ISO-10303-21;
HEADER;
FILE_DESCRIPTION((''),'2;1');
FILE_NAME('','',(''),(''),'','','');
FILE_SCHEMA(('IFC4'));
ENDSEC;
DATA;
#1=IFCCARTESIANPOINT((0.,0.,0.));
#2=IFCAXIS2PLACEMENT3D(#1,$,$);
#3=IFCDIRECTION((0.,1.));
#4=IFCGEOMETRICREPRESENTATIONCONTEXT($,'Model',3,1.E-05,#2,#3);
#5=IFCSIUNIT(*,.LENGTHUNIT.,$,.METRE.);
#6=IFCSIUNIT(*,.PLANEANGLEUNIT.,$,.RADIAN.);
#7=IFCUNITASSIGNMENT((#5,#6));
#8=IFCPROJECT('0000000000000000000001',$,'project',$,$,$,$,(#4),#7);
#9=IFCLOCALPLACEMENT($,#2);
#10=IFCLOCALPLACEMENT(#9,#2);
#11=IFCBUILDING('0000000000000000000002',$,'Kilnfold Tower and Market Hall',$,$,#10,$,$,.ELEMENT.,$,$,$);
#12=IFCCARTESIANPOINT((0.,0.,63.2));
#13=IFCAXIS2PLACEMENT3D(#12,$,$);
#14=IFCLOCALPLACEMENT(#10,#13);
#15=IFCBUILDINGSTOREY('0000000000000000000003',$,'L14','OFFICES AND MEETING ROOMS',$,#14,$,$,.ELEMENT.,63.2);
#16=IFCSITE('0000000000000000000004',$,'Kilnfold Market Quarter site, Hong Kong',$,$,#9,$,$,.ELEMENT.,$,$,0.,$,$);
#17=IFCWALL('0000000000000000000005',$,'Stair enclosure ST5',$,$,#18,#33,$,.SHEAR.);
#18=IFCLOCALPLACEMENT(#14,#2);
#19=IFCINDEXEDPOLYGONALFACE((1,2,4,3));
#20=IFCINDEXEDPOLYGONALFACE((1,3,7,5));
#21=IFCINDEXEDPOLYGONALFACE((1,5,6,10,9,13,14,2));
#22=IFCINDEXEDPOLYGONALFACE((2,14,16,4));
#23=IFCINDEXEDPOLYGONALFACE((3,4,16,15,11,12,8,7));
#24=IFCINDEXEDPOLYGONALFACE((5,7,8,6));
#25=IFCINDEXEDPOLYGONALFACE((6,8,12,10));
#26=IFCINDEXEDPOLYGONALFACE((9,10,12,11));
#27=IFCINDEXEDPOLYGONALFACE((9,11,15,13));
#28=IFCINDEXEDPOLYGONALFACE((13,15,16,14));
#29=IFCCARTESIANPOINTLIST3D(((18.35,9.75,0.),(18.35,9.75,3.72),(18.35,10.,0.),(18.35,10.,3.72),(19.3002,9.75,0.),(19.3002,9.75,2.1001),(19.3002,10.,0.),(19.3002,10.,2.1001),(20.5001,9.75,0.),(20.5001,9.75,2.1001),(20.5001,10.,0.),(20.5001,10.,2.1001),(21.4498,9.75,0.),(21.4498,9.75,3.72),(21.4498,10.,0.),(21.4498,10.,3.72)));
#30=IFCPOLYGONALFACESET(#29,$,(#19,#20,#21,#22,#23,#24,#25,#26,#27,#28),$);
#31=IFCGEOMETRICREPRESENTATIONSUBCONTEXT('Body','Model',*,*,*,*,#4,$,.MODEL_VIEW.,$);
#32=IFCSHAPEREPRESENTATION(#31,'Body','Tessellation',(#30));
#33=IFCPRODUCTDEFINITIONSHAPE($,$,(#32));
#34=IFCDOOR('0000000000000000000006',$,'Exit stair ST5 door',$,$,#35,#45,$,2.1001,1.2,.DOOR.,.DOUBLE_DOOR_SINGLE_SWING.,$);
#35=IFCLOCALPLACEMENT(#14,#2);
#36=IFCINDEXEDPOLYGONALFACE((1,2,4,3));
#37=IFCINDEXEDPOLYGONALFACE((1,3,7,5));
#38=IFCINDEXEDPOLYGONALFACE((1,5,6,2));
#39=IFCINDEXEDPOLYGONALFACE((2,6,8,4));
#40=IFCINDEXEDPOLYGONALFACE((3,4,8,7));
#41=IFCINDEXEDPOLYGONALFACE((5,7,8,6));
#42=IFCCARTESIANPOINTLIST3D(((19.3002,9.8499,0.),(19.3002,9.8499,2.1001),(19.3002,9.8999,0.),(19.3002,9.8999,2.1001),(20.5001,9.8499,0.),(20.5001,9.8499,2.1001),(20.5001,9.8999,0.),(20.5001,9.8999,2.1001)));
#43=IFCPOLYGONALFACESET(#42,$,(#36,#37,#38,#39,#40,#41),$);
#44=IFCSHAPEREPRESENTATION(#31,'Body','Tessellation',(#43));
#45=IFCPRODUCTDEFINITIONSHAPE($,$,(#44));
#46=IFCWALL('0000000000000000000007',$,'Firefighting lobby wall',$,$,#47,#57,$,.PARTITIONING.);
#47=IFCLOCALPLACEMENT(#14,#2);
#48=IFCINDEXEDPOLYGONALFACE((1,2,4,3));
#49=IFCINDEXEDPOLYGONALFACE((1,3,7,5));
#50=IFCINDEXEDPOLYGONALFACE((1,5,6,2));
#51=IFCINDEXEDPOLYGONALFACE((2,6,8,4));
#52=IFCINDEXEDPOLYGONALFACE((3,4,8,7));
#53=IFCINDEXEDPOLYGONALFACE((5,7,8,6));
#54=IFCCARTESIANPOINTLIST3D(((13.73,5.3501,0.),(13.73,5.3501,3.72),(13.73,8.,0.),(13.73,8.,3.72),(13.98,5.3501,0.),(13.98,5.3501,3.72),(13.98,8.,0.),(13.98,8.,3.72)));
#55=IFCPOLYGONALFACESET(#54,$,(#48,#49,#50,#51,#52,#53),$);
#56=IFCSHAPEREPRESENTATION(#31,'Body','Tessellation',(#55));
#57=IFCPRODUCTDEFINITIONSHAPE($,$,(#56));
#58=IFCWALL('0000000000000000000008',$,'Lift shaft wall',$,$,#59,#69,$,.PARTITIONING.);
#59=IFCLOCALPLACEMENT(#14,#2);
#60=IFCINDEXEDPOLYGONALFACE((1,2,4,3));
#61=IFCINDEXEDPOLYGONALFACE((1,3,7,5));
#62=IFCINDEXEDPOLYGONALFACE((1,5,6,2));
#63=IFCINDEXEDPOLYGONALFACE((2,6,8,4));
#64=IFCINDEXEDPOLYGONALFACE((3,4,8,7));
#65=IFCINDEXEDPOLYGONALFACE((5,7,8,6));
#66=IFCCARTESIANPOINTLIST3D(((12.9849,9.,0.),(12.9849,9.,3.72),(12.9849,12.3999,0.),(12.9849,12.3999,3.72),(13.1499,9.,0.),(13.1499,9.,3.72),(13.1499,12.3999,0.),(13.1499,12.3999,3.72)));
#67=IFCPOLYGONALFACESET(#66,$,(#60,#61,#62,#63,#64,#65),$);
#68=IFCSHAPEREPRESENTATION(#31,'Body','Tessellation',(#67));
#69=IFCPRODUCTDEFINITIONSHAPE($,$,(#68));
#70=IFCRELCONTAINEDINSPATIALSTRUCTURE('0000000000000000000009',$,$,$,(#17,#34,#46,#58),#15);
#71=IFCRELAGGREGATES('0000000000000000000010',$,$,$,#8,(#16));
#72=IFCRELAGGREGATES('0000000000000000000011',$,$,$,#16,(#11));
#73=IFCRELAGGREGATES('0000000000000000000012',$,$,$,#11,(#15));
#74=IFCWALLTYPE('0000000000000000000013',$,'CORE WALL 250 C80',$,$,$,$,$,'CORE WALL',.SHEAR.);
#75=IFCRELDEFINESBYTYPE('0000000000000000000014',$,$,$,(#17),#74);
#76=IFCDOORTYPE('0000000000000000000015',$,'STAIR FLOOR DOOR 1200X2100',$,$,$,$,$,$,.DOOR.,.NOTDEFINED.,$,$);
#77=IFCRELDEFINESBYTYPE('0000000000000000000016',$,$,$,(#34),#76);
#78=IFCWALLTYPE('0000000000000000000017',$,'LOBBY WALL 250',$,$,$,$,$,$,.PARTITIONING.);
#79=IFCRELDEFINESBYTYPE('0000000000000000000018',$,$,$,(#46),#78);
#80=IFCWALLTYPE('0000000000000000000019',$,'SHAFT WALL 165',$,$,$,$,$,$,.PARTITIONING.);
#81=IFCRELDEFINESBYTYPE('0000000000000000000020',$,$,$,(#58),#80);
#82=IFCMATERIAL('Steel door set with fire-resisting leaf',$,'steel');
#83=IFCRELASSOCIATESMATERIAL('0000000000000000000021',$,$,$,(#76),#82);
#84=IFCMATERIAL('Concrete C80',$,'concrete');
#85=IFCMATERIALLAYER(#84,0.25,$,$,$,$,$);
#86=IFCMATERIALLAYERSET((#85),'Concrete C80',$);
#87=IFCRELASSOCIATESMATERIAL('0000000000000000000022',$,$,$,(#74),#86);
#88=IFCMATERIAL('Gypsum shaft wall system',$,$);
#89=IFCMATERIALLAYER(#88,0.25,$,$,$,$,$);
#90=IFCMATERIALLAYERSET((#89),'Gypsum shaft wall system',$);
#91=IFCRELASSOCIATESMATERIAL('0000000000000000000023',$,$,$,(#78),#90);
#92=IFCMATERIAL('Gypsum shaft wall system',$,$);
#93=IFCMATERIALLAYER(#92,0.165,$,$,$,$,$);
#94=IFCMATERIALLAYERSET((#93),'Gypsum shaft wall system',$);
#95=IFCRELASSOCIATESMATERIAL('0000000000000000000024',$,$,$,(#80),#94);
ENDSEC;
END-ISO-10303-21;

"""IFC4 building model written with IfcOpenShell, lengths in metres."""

from ifc_helpers import new_model, si_unit, direction, frame, frame_2d, origin, place, context, subcontext, project, spatial, rectangle, extrude, source, transform, mapped, material, layer, layer_set, type_object, element, fill, save


model = new_model("IFC4")

# Units and contexts
model_context = context("Model", 3, precision=1e-05, world=origin(), true_north=direction((0.0, 1.0)))
body_context = subcontext(model_context, "Body", "Model", "MODEL_VIEW")
ifc_project = project(units=[si_unit("LENGTHUNIT", "METRE"), si_unit("PLANEANGLEUNIT", "RADIAN")], contexts=[model_context])

# Site, building, storey
site_placement = place(None, origin())
site = spatial("IfcSite", under=ifc_project, at=site_placement, Name="Kilnfold Market Quarter site, Hong Kong", CompositionType="ELEMENT", RefElevation=0.0)
building_placement = place(site_placement, origin())
building = spatial("IfcBuilding", under=site, at=building_placement, Name="Kilnfold Tower and Market Hall", CompositionType="ELEMENT")
storey_placement = place(building_placement, frame((0.0, 0.0, 63.2)))
storey = spatial("IfcBuildingStorey", under=building, at=storey_placement, Name="L14", Description="OFFICES AND MEETING ROOMS", CompositionType="ELEMENT", Elevation=63.2)

# Shared definitions
ifc_material_1 = material(Name="Steel door set with fire-resisting leaf", Category="steel")
door_type_1 = type_object("IfcDoorType", Name="STAIR FLOOR DOOR 1200X2100", OperationType="NOTDEFINED", PredefinedType="DOOR", material=ifc_material_1)

# Shared definitions
ifc_material_2 = material(Name="Concrete C80", Category="concrete")
ifc_layer_1 = layer(ifc_material_2, 0.25)
ifc_layer_set_1 = layer_set([ifc_layer_1], Name="Concrete C80")
wall_type_1 = type_object("IfcWallType", Name="CORE WALL 250 C80", ElementType="CORE WALL", PredefinedType="SHEAR", material=ifc_layer_set_1)

# Wall, opening, door
shared_shape_1 = source(origin(), body_context, "Body", "SweptSolid", [
    extrude(rectangle(XDim=3.0999, YDim=0.25, at=frame_2d((1.5498, 0.0))), origin(), (0.0, 0.0, 1.0), 3.72),
])
wall_1_placement = place(storey_placement, frame((18.3501, 9.875, 0.0), z_axis=(0.0, 0.0, 1.0), x_axis=(1.0, 0.0, 0.0)))
wall_1 = element("IfcWall", 1, at=wall_1_placement, inside=storey, type_object=wall_type_1, Name="Stair enclosure ST5", PredefinedType="SHEAR", context=body_context, shape_type="MappedRepresentation", body=[
    mapped(shared_shape_1, transform((0.0, 0.0, 0.0))),
])
opening_1_placement = place(wall_1_placement, frame((0.95, 0.0, 0.0)))
opening_1 = element("IfcOpeningElement", 2, at=opening_1_placement, cuts=wall_1, PredefinedType="OPENING", context=body_context, shape_type="SweptSolid", body=[
    extrude(rectangle(XDim=1.2, YDim=2.1001, at=frame_2d((0.6001, 1.05))), frame((0.0, 0.135, 0.0), z_axis=(0.0, -1.0, 0.0), x_axis=(1.0, 0.0, 0.0)), (0.0, 0.0, 1.0), 0.27),
])
door_1_placement = place(opening_1_placement, origin())
door_1 = element("IfcDoor", 3, at=door_1_placement, inside=storey, type_object=door_type_1, Name="Exit stair ST5 door", OperationType="DOUBLE_DOOR_SINGLE_SWING", OverallHeight=2.1001, OverallWidth=1.2, PredefinedType="DOOR", context=body_context, shape_type="SweptSolid", body=[
    extrude(rectangle(XDim=1.2, YDim=2.1001, at=frame_2d((0.6001, 1.05))), frame((0.0, 0.0249, 0.0), z_axis=(0.0, -1.0, 0.0), x_axis=(1.0, 0.0, 0.0)), (0.0, 0.0, 1.0), 0.05),
])
fill(opening_1, door_1)

# Walls
ifc_material_3 = material(Name="Gypsum shaft wall system")
ifc_layer_2 = layer(ifc_material_3, 0.25)
ifc_layer_set_2 = layer_set([ifc_layer_2], Name="Gypsum shaft wall system")
wall_type_2 = type_object("IfcWallType", Name="LOBBY WALL 250", PredefinedType="PARTITIONING", material=ifc_layer_set_2)
shared_shape_2 = source(origin(), body_context, "Body", "SweptSolid", [
    extrude(rectangle(XDim=2.6499, YDim=0.25, at=frame_2d((1.325, 0.0))), origin(), (0.0, 0.0, 1.0), 3.72),
])
wall_2_placement = place(storey_placement, frame((13.855, 5.3501, 0.0), z_axis=(0.0, 0.0, 1.0), x_axis=(0.0, 1.0, 0.0)))
element("IfcWall", 4, at=wall_2_placement, inside=storey, type_object=wall_type_2, Name="Firefighting lobby wall", PredefinedType="PARTITIONING", context=body_context, shape_type="MappedRepresentation", body=[
    mapped(shared_shape_2, transform((0.0, 0.0, 0.0))),
])
ifc_material_4 = material(Name="Gypsum shaft wall system")
ifc_layer_3 = layer(ifc_material_4, 0.165)
ifc_layer_set_3 = layer_set([ifc_layer_3], Name="Gypsum shaft wall system")
wall_type_3 = type_object("IfcWallType", Name="SHAFT WALL 165", PredefinedType="PARTITIONING", material=ifc_layer_set_3)
shared_shape_3 = source(origin(), body_context, "Body", "SweptSolid", [
    extrude(rectangle(XDim=3.3999, YDim=0.165, at=frame_2d((1.7, 0.0))), origin(), (0.0, 0.0, 1.0), 3.72),
])
wall_3_placement = place(storey_placement, frame((13.0674, 9.0, 0.0), z_axis=(0.0, 0.0, 1.0), x_axis=(0.0, 1.0, 0.0)))
element("IfcWall", 5, at=wall_3_placement, inside=storey, type_object=wall_type_3, Name="Lift shaft wall", PredefinedType="PARTITIONING", context=body_context, shape_type="MappedRepresentation", body=[
    mapped(shared_shape_3, transform((0.0, 0.0, 0.0))),
])

save(model, "model.ifc")
